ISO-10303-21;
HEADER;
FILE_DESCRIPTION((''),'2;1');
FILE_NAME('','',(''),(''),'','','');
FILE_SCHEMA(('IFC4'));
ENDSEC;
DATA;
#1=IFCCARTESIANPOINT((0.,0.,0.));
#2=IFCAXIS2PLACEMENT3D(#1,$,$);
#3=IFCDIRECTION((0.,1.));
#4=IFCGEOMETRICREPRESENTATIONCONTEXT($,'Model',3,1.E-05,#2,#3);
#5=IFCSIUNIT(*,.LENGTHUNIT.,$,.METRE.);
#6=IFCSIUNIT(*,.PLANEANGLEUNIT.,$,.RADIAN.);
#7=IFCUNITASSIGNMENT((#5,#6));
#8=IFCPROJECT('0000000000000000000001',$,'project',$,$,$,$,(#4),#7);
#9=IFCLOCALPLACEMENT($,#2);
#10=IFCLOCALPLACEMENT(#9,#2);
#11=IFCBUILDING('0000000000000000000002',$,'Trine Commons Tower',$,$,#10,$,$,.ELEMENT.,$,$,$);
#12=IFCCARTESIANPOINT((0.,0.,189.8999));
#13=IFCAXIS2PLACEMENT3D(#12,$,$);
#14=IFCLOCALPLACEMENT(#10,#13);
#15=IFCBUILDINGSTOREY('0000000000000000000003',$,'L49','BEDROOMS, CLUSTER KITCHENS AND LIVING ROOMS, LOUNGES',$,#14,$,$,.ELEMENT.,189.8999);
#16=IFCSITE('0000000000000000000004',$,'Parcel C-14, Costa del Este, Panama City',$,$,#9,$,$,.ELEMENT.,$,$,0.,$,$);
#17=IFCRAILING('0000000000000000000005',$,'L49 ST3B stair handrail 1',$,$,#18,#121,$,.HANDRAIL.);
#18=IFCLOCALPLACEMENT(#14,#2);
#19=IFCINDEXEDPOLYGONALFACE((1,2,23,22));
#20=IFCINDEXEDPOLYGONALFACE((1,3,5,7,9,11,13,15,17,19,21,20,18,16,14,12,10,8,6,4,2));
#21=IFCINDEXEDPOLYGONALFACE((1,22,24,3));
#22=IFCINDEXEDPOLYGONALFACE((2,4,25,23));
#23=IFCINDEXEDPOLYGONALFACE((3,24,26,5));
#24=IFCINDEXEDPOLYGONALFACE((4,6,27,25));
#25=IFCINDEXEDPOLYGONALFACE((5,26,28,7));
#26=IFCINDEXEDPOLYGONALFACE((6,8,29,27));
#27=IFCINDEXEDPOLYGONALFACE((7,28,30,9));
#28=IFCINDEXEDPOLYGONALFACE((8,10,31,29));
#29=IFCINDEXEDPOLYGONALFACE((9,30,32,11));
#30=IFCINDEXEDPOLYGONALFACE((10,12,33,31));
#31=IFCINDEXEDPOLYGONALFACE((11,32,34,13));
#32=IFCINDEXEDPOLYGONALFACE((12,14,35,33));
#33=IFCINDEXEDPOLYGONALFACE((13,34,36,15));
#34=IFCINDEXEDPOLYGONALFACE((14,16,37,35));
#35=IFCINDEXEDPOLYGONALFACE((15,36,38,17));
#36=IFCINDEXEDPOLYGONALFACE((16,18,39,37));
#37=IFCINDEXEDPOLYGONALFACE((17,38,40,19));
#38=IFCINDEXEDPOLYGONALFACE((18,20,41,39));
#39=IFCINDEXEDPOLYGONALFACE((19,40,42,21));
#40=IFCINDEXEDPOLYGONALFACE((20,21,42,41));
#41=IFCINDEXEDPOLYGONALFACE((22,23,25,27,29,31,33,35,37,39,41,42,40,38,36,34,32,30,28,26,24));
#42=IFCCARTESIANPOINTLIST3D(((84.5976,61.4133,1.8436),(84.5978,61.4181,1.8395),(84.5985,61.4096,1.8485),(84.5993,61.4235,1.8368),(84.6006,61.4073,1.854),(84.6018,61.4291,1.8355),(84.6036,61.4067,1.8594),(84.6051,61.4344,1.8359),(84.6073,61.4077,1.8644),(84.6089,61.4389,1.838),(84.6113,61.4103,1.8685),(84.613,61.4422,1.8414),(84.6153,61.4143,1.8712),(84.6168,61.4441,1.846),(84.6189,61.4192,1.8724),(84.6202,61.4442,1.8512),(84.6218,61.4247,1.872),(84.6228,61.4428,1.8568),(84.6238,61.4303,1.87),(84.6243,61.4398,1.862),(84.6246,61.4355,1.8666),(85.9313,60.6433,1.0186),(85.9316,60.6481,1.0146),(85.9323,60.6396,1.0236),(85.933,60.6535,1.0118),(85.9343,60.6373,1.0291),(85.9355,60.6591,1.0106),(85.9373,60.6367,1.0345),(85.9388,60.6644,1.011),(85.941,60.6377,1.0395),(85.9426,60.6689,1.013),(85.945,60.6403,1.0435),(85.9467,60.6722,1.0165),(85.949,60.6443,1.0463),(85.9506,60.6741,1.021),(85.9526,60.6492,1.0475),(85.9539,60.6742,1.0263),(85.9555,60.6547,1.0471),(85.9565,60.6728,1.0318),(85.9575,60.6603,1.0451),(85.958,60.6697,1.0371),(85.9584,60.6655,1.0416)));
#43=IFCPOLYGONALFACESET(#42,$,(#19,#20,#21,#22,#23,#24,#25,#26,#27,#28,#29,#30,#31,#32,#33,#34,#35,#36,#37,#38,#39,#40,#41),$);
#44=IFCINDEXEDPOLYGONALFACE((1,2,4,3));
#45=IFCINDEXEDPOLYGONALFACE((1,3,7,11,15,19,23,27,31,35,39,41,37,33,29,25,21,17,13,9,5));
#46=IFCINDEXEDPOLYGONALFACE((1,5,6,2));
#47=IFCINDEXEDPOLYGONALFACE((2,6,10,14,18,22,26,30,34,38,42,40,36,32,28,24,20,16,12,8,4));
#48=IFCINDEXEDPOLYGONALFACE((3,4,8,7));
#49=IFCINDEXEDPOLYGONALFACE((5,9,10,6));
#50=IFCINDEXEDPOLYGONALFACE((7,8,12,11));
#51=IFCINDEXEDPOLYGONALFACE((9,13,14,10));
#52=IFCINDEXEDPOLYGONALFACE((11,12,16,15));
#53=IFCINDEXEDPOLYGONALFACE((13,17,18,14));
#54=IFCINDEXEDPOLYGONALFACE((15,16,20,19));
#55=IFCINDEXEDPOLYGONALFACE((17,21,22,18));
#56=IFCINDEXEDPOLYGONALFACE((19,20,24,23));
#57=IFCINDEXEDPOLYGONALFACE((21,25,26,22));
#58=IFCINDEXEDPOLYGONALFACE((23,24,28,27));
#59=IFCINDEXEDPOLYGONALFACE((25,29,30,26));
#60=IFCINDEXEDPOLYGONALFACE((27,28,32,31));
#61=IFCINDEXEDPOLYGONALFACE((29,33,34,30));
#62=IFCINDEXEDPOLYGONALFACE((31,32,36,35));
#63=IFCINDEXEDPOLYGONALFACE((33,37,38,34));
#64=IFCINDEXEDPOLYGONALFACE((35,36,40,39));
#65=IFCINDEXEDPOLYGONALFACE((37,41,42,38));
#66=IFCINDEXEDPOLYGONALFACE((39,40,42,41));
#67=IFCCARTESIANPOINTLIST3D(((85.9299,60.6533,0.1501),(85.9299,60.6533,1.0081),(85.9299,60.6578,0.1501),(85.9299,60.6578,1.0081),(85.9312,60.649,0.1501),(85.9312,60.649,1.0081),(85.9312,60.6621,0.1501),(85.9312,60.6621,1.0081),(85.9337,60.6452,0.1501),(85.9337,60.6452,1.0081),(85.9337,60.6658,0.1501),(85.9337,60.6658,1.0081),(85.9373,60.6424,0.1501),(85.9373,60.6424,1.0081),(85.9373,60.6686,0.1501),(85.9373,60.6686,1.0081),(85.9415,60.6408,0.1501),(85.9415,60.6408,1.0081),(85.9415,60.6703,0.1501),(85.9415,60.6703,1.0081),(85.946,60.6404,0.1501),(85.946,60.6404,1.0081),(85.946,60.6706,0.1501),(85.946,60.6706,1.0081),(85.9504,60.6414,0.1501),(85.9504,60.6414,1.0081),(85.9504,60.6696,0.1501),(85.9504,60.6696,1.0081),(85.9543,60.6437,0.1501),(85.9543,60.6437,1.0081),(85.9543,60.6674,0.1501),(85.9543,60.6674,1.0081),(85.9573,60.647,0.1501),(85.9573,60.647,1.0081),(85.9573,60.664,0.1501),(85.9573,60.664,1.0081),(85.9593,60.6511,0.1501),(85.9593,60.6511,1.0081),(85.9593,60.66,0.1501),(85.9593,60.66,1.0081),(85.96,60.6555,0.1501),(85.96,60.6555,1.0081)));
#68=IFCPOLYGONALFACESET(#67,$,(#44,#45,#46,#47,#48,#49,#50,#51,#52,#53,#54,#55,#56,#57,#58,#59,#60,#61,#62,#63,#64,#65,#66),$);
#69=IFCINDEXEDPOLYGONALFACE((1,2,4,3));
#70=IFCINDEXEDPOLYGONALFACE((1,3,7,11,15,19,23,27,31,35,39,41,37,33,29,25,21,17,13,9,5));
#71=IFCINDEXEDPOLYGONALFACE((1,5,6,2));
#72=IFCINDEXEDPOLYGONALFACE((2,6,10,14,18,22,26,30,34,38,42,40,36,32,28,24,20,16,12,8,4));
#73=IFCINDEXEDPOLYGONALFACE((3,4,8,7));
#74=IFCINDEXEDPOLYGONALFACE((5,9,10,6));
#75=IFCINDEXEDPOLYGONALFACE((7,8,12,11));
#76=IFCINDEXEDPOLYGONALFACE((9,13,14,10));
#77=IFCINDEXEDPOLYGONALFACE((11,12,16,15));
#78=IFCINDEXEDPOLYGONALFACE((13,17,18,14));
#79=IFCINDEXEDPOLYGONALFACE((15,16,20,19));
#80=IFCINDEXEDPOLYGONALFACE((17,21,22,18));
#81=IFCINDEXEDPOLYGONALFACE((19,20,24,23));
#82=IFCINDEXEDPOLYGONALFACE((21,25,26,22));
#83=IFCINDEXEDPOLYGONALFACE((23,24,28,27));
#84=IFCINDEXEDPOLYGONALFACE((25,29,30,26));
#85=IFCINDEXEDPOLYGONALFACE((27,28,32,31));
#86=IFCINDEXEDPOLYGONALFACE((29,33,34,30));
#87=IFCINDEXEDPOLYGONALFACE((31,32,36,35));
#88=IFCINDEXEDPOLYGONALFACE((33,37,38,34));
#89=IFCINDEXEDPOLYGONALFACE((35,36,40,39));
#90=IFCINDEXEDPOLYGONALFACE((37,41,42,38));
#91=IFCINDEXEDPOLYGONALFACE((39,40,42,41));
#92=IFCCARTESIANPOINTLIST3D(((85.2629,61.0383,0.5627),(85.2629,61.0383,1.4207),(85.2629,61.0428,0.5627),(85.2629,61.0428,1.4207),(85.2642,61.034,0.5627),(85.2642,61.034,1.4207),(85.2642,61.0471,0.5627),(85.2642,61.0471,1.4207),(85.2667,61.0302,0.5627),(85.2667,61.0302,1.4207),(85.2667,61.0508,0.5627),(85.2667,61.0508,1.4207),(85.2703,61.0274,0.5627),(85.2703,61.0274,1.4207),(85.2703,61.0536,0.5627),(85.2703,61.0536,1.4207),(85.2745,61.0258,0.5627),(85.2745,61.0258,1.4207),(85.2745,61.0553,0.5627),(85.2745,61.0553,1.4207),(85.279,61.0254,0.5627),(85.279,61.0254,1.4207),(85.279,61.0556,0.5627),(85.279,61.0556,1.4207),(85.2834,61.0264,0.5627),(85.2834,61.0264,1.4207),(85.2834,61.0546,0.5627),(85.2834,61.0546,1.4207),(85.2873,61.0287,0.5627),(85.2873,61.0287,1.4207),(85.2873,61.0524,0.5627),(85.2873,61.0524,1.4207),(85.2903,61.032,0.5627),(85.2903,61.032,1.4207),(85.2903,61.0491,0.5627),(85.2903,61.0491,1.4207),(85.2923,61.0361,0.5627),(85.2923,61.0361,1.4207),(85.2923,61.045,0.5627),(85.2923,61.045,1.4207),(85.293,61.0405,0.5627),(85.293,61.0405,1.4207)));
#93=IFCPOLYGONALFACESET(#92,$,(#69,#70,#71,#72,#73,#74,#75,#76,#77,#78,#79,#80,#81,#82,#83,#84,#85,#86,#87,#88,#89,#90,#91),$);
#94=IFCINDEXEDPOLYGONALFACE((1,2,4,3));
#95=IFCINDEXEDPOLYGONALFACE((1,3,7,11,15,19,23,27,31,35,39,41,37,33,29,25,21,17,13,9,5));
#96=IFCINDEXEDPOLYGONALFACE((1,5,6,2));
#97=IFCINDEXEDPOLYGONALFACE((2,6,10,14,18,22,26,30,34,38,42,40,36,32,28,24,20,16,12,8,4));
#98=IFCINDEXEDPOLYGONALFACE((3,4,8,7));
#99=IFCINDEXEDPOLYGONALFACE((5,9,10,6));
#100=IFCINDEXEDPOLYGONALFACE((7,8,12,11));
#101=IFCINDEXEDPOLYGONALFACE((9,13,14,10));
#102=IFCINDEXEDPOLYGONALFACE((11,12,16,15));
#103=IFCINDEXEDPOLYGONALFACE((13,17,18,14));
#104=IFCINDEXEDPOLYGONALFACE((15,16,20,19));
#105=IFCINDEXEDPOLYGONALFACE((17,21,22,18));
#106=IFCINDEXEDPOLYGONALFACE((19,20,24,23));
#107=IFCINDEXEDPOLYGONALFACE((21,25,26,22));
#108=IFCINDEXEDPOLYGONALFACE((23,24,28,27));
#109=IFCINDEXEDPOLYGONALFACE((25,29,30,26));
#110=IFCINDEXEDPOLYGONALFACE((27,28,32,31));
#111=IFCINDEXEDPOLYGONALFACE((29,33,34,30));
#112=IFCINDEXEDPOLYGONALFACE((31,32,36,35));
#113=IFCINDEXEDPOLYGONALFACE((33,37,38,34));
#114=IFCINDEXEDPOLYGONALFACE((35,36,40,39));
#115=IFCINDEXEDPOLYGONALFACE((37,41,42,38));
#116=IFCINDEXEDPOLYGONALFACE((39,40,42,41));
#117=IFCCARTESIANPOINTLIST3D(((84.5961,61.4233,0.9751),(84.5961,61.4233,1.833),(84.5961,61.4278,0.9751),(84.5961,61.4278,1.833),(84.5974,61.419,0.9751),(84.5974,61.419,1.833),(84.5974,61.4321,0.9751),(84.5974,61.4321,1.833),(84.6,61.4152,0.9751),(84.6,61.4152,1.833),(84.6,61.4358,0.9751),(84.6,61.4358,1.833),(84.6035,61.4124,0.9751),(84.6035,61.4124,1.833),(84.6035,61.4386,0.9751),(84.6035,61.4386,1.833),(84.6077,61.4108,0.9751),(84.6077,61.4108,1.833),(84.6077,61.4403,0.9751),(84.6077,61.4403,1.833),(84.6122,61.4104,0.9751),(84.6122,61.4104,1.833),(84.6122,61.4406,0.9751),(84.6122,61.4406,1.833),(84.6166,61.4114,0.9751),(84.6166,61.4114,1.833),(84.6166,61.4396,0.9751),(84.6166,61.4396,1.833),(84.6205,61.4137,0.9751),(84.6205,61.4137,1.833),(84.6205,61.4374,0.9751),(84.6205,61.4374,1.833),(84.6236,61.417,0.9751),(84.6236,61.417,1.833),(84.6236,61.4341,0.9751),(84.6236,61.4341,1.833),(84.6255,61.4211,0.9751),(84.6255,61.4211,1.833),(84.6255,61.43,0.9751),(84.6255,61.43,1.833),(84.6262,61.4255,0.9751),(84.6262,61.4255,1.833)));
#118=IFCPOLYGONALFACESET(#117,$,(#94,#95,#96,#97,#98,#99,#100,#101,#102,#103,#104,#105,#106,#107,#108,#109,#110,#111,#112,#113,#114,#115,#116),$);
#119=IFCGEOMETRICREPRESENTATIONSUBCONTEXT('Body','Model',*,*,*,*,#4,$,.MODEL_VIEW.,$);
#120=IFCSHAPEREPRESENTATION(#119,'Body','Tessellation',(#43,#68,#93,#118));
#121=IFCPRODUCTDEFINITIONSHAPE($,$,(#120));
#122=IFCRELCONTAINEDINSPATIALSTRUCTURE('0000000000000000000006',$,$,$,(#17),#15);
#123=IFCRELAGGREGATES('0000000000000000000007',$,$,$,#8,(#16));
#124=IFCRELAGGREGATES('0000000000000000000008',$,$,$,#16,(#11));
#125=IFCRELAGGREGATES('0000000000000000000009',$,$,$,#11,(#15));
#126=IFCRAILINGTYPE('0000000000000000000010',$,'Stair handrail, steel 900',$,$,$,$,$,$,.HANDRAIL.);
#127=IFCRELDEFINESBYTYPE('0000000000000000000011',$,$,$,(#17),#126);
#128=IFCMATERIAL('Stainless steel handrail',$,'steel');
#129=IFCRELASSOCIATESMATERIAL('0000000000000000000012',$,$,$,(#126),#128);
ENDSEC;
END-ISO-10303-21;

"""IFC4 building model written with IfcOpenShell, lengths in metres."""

from ifc_helpers import new_model, si_unit, direction, frame, origin, origin_2d, place, context, subcontext, project, spatial, circle, extrude, material, type_object, element, save


model = new_model("IFC4")

# Units and contexts
model_context = context("Model", 3, precision=1e-05, world=origin(), true_north=direction((0.0, 1.0)))
body_context = subcontext(model_context, "Body", "Model", "MODEL_VIEW")
ifc_project = project(units=[si_unit("LENGTHUNIT", "METRE"), si_unit("PLANEANGLEUNIT", "RADIAN")], contexts=[model_context])

# Site, building, storey
site_placement = place(None, origin())
site = spatial("IfcSite", under=ifc_project, at=site_placement, Name="Parcel C-14, Costa del Este, Panama City", CompositionType="ELEMENT", RefElevation=0.0)
building_placement = place(site_placement, origin())
building = spatial("IfcBuilding", under=site, at=building_placement, Name="Trine Commons Tower", CompositionType="ELEMENT")
storey_placement = place(building_placement, frame((0.0, 0.0, 189.8999)))
storey = spatial("IfcBuildingStorey", under=building, at=storey_placement, Name="L49", Description="BEDROOMS, CLUSTER KITCHENS AND LIVING ROOMS, LOUNGES", CompositionType="ELEMENT", Elevation=189.8999)

# Railing
ifc_material_1 = material(Name="Stainless steel handrail", Category="steel")
railing_type = type_object("IfcRailingType", Name="Stair handrail, steel 900", PredefinedType="HANDRAIL", material=ifc_material_1)
railing_placement = place(storey_placement, frame((85.9448, 60.6555, 0.1501)))
element("IfcRailing", 1, at=railing_placement, inside=storey, type_object=railing_type, Name="L49 ST3B stair handrail 1", PredefinedType="HANDRAIL", context=body_context, shape_type="SweptSolid", body=[
    extrude(circle(Radius=0.021, at=origin_2d()), frame((0.0, 0.0, 0.8789), z_axis=(-0.763405, 0.440743, 0.472185), x_axis=(-0.499992, -0.86603, 0.0)), (0.0, 0.0, 1.0), 1.7471),
    extrude(circle(Radius=0.0151, at=origin_2d()), origin(), (0.0, 0.0, 1.0), 0.8579),
    extrude(circle(Radius=0.0151, at=origin_2d()), frame((-0.667, 0.385, 0.4126)), (0.0, 0.0, 1.0), 0.8579),
    extrude(circle(Radius=0.0151, at=origin_2d()), frame((-1.3337, 0.77, 0.825)), (0.0, 0.0, 1.0), 0.8579),
])

save(model, "model.ifc")
